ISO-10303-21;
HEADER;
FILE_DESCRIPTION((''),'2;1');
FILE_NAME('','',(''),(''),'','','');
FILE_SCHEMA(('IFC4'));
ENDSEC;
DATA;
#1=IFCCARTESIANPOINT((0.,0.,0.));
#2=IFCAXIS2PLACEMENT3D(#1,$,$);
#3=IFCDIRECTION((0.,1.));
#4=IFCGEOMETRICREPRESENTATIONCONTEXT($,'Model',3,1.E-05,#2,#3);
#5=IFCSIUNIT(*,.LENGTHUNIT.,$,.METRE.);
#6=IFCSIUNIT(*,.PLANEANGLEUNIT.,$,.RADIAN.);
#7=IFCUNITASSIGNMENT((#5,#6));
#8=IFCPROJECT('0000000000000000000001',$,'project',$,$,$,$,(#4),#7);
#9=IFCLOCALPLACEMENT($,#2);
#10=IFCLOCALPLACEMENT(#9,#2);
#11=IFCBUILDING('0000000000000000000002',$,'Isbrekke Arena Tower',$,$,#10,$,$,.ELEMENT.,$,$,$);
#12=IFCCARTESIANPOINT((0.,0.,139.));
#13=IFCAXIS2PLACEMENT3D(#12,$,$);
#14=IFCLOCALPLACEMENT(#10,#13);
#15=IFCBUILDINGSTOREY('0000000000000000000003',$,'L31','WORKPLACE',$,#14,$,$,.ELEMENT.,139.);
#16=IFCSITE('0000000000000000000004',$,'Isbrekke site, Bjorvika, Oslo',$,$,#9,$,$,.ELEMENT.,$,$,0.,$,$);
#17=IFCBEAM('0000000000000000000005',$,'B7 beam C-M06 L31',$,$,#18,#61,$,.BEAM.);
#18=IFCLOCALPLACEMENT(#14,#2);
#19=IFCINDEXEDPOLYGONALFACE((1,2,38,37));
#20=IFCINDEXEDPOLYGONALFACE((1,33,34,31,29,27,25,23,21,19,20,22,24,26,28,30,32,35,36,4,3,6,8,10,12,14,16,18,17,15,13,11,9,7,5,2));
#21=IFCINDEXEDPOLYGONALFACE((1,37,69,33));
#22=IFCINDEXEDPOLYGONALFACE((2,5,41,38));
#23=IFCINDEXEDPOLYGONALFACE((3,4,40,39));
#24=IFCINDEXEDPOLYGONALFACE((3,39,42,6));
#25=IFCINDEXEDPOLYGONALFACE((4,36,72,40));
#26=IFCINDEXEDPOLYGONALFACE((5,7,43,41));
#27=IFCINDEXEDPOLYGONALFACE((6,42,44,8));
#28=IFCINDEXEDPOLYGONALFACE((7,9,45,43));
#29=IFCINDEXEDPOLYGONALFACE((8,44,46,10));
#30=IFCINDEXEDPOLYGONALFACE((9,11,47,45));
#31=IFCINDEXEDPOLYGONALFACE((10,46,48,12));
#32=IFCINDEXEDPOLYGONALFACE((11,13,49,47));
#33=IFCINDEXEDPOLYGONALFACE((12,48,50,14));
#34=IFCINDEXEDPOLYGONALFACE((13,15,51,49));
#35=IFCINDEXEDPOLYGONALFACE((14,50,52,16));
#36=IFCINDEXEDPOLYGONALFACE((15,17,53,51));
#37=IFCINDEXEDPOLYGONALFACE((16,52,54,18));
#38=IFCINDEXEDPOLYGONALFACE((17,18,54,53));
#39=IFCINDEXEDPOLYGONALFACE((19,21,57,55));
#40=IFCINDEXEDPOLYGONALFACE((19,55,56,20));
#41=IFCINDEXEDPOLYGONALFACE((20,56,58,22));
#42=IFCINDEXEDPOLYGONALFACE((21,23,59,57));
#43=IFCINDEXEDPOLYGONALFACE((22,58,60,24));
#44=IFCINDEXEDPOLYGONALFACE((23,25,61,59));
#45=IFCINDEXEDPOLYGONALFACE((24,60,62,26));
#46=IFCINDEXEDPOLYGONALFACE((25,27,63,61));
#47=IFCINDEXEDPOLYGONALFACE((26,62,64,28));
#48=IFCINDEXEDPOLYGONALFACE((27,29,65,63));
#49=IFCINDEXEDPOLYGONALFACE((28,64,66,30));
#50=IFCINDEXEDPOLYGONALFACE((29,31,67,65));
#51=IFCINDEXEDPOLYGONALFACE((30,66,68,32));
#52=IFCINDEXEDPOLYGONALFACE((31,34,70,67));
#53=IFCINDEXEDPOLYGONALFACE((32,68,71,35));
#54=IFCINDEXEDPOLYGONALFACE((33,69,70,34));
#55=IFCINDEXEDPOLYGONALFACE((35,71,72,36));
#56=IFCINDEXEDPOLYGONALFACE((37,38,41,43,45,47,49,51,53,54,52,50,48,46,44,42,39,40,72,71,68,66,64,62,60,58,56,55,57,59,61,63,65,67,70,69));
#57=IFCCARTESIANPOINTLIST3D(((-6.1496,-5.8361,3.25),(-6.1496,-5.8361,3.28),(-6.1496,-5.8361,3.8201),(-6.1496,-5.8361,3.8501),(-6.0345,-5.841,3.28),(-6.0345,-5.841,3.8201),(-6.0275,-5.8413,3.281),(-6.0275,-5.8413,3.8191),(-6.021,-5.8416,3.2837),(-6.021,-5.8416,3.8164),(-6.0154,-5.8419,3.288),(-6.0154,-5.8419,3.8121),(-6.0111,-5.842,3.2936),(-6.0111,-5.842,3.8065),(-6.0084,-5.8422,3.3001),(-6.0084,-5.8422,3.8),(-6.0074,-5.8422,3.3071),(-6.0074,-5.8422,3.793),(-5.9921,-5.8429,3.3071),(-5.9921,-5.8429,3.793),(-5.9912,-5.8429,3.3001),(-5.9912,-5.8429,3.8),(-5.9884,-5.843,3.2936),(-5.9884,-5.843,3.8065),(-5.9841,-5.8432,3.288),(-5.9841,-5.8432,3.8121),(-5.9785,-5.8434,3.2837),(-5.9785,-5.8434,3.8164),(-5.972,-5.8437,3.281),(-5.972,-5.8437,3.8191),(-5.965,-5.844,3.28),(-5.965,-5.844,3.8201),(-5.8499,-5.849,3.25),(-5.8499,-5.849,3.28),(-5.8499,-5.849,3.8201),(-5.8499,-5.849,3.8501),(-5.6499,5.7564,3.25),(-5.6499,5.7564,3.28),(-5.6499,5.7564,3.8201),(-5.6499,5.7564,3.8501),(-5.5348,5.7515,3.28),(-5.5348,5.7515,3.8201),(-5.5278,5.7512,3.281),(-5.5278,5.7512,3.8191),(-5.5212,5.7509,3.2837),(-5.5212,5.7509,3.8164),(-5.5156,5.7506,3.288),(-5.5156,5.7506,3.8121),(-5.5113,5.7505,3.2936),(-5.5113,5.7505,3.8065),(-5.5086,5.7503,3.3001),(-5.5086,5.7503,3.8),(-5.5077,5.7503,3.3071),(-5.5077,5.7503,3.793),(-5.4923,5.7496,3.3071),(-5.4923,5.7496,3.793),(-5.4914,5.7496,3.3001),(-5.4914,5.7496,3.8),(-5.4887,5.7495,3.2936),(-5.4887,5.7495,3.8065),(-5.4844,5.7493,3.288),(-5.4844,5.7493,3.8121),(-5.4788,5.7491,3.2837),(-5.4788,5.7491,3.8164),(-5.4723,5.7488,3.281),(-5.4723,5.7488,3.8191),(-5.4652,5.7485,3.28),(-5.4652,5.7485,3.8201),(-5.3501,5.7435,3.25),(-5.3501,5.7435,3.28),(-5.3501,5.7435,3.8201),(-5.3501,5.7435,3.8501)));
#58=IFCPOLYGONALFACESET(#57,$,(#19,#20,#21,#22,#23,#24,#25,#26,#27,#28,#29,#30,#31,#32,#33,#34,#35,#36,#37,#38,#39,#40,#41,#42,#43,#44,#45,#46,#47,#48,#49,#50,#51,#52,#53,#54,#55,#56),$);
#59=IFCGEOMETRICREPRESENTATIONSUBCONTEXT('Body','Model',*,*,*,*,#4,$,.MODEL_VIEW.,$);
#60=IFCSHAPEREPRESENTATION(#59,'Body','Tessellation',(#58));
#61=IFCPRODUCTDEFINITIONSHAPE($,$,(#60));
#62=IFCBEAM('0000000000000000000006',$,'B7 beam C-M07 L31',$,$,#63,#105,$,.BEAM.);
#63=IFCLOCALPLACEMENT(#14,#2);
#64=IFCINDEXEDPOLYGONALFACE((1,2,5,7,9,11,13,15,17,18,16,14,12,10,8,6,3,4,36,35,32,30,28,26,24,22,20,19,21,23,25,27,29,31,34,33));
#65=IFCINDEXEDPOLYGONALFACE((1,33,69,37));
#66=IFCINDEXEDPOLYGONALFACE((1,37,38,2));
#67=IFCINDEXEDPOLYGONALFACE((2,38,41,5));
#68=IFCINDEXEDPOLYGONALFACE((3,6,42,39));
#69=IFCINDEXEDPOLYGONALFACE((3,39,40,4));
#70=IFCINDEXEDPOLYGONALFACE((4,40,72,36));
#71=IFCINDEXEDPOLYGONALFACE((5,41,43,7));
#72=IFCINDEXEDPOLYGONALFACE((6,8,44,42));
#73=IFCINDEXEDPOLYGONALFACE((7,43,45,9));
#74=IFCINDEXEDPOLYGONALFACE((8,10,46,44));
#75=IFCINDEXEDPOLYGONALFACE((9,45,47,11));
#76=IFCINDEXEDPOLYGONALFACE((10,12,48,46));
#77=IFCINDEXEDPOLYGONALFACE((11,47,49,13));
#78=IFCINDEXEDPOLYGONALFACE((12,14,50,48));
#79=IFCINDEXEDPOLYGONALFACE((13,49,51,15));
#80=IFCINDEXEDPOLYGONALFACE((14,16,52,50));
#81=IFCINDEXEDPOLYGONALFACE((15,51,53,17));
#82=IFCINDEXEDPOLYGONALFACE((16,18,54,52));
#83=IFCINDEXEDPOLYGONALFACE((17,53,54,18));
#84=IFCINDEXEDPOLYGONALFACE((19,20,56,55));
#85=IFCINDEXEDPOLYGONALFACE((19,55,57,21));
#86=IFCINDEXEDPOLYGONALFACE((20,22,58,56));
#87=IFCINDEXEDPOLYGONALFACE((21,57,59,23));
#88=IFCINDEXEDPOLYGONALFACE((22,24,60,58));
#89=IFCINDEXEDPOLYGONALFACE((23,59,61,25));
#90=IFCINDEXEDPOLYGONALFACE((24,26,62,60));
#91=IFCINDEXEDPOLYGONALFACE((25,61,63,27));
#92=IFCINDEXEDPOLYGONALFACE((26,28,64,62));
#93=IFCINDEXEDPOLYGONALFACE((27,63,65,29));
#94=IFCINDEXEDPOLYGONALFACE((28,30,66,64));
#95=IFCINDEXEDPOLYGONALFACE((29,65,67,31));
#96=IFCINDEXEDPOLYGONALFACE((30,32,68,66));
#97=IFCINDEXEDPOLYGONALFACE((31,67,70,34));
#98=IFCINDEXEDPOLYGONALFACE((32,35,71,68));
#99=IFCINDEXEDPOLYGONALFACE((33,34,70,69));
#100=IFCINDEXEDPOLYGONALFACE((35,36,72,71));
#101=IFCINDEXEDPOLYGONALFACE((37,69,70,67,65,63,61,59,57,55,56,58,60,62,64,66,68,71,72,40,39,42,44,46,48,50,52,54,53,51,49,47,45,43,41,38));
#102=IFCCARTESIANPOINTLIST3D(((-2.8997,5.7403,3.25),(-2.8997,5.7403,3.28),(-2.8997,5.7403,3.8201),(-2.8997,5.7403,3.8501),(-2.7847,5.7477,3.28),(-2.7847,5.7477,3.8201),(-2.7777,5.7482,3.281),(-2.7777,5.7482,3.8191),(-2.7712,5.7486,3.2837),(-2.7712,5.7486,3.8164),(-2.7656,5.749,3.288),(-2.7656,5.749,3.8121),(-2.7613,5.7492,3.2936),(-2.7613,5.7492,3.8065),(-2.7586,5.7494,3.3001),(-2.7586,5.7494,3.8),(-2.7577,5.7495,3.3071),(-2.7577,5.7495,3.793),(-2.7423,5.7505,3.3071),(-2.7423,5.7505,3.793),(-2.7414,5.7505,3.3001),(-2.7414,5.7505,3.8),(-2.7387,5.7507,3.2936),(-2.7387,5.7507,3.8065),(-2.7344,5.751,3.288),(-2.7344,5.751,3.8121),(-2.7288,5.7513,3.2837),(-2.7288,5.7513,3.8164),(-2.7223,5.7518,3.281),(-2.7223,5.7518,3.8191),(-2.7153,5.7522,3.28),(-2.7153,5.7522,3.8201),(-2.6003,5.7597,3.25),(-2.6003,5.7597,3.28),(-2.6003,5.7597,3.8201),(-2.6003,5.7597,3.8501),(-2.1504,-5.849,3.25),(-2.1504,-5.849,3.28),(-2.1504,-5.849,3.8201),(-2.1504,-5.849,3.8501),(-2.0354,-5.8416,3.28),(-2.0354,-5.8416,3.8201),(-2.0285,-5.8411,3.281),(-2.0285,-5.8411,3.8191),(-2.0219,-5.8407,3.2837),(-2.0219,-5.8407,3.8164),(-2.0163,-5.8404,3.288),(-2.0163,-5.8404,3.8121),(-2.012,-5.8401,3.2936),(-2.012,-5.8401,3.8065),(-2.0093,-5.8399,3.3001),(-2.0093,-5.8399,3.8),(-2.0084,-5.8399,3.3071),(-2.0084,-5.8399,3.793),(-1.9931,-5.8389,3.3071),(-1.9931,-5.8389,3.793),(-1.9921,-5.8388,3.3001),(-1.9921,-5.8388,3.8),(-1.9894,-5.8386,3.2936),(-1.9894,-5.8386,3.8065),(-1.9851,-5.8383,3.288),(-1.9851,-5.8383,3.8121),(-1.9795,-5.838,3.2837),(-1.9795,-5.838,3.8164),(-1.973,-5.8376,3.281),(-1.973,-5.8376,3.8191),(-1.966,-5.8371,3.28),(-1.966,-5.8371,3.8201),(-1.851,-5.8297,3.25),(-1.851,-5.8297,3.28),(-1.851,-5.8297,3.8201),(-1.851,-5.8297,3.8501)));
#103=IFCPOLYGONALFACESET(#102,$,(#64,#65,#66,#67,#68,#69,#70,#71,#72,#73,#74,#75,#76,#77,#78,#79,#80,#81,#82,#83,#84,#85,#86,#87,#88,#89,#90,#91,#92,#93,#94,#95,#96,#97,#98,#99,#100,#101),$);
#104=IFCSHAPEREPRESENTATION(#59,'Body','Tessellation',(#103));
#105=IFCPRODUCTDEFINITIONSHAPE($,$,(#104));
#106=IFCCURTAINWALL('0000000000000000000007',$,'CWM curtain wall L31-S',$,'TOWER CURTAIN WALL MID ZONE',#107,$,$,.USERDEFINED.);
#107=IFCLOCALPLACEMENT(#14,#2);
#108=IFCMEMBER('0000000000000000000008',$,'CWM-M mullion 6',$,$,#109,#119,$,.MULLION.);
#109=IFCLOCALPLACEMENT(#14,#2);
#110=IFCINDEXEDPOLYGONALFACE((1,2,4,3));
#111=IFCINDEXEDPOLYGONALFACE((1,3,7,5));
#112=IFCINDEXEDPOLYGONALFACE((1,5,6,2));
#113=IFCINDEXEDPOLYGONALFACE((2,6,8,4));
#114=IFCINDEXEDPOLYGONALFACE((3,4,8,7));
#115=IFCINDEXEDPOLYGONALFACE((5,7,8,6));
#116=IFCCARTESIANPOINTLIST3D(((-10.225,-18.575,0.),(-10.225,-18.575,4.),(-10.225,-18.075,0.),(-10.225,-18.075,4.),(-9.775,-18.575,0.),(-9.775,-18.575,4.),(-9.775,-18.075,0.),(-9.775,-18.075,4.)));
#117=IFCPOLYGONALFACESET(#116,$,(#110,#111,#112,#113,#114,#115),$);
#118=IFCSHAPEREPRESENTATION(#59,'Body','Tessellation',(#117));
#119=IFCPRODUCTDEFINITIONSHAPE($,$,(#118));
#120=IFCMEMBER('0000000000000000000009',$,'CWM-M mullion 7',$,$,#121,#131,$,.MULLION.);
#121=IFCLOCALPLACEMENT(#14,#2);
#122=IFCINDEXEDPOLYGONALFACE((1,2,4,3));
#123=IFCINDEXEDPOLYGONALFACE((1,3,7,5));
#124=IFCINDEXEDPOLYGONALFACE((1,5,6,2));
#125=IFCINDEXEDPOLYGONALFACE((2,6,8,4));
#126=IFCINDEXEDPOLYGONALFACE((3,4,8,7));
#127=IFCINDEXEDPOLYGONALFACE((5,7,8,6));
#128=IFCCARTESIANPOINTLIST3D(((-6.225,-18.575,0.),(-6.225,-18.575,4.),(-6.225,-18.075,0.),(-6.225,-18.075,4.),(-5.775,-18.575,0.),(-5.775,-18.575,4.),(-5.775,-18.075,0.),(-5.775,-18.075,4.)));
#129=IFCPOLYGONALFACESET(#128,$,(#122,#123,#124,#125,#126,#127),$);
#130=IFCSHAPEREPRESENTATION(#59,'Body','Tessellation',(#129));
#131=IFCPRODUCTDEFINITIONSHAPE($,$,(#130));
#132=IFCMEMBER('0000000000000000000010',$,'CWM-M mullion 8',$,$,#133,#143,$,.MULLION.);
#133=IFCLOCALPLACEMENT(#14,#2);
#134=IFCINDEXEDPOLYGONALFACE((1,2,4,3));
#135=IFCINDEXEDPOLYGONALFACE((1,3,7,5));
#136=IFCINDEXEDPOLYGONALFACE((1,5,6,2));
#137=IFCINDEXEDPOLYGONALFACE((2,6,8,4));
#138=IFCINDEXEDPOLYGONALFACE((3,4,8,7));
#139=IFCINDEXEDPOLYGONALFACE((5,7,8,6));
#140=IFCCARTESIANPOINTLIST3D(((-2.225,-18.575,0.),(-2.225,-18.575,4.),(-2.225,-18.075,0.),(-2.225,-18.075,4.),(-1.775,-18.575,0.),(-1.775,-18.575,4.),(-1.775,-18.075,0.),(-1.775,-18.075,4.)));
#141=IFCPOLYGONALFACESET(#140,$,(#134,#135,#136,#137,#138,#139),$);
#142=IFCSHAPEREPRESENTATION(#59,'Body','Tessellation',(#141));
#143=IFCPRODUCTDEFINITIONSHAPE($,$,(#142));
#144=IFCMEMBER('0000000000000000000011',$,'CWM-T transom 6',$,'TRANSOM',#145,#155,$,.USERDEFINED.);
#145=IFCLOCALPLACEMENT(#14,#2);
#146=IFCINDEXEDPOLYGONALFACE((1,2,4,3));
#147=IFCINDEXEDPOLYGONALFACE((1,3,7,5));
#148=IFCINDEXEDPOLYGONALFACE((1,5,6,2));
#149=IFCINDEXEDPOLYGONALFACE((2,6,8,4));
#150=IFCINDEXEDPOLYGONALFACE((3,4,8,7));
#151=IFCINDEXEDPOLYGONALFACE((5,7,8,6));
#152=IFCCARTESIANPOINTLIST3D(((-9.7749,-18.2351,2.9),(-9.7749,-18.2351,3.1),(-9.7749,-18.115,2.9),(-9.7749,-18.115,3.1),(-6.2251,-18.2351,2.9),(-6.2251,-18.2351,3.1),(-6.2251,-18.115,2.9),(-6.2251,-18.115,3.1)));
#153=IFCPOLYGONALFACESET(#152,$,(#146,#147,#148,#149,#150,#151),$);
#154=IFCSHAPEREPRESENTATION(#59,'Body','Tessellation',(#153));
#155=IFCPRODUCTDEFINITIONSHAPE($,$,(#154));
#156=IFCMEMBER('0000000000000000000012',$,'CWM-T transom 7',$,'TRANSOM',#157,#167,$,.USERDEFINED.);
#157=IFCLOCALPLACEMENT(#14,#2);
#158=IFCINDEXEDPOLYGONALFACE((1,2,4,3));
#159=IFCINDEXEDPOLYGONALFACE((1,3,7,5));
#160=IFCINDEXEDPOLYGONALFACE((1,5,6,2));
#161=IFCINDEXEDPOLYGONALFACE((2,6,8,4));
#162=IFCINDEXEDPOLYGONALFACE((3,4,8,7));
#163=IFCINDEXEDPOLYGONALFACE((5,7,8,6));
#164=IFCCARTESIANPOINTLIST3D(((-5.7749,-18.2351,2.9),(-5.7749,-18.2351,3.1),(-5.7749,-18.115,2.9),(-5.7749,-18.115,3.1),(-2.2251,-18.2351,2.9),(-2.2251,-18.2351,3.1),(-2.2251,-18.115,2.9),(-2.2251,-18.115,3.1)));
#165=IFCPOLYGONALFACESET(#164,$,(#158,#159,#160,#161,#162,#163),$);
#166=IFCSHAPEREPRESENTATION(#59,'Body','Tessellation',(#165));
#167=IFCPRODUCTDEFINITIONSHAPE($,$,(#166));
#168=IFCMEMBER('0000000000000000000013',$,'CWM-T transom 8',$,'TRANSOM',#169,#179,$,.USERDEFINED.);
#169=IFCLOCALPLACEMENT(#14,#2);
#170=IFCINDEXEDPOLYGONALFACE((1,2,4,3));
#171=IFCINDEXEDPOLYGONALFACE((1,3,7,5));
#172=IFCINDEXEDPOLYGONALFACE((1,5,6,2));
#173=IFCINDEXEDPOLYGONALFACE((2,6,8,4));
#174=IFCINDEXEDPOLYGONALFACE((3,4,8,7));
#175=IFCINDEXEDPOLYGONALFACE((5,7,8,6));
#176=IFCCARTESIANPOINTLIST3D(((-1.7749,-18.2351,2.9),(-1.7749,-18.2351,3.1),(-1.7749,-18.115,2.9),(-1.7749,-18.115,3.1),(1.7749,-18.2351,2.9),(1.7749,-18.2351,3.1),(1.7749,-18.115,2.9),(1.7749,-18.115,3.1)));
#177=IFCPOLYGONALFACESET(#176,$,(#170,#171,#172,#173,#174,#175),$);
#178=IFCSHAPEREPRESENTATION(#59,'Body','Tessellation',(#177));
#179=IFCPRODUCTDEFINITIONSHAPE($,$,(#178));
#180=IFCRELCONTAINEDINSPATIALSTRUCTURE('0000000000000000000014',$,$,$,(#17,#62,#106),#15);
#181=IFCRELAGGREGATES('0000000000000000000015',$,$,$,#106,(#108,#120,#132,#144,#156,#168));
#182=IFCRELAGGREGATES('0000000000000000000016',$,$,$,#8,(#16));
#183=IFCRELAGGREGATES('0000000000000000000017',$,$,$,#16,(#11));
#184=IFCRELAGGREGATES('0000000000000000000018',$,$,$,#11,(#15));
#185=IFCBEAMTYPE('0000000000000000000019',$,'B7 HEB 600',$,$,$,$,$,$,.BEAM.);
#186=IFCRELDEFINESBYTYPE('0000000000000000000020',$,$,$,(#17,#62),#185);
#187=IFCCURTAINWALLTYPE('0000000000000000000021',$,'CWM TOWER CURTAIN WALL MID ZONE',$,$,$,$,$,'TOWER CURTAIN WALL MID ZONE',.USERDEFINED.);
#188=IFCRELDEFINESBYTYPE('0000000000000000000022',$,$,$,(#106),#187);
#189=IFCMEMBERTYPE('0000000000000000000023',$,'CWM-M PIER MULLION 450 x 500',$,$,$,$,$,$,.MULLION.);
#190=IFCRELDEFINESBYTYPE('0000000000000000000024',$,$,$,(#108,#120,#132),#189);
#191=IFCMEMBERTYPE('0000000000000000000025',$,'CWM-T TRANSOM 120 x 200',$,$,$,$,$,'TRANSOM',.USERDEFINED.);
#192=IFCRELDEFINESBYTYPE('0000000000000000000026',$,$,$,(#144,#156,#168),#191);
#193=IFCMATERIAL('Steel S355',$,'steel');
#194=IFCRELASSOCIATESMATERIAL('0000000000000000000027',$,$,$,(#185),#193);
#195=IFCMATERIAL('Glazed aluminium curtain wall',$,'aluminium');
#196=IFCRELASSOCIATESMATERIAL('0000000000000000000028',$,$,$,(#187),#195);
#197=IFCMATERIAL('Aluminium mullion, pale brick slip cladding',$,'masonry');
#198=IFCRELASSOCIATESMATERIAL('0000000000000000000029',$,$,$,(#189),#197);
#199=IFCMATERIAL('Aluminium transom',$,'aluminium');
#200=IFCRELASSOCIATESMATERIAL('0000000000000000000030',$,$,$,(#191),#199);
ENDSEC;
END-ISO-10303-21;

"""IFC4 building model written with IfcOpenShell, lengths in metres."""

from ifc_helpers import new_model, si_unit, direction, frame, origin, origin_2d, place, context, subcontext, project, spatial, rectangle, i_section, extrude, material, material_profile, profile_set, type_object, element, aggregate, save


model = new_model("IFC4")

# Units and contexts
model_context = context("Model", 3, precision=1e-05, world=origin(), true_north=direction((0.0, 1.0)))
body_context = subcontext(model_context, "Body", "Model", "MODEL_VIEW")
ifc_project = project(units=[si_unit("LENGTHUNIT", "METRE"), si_unit("PLANEANGLEUNIT", "RADIAN")], contexts=[model_context])

# Site, building, storey
site_placement = place(None, origin())
site = spatial("IfcSite", under=ifc_project, at=site_placement, Name="Isbrekke site, Bjorvika, Oslo", CompositionType="ELEMENT", RefElevation=0.0)
building_placement = place(site_placement, origin())
building = spatial("IfcBuilding", under=site, at=building_placement, Name="Isbrekke Arena Tower", CompositionType="ELEMENT")
storey_placement = place(building_placement, frame((0.0, 0.0, 139.0)))
storey = spatial("IfcBuildingStorey", under=building, at=storey_placement, Name="L31", Description="WORKPLACE", CompositionType="ELEMENT", Elevation=139.0)

# Beams
ifc_material_1 = material(Name="Steel S355", Category="steel")
ifc_material_profile_1 = material_profile(ifc_material_1, i_section(OverallWidth=0.3, OverallDepth=0.6001, WebThickness=0.0154, FlangeThickness=0.03, FilletRadius=0.0271, at=origin_2d()), Name="HEB 600")
ifc_profile_set_1 = profile_set([ifc_material_profile_1], Name="Steel S355")
beam_type_1 = type_object("IfcBeamType", Name="B7 HEB 600", PredefinedType="BEAM", material=ifc_profile_set_1)
beam_1_placement = place(storey_placement, frame((-5.9998, -5.8425, 3.55), z_axis=(0.04307, 0.999072, 0.0), x_axis=(-0.999072, 0.04307, 0.0)))
element("IfcBeam", 1, at=beam_1_placement, inside=storey, type_object=beam_type_1, Name="B7 beam C-M06 L31", PredefinedType="BEAM", context=body_context, shape_type="SweptSolid", body=[
    extrude(i_section(OverallWidth=0.3, OverallDepth=0.6001, WebThickness=0.0154, FlangeThickness=0.03, FilletRadius=0.0271, at=origin_2d()), origin(), (0.0, 0.0, 1.0), 11.6033),
])
beam_2_placement = place(storey_placement, frame((-2.0007, -5.8394, 3.55), z_axis=(-0.064517, 0.997917, 0.0), x_axis=(-0.997917, -0.064517, 0.0)))
element("IfcBeam", 2, at=beam_2_placement, inside=storey, type_object=beam_type_1, Name="B7 beam C-M07 L31", PredefinedType="BEAM", context=body_context, shape_type="SweptSolid", body=[
    extrude(i_section(OverallWidth=0.3, OverallDepth=0.6001, WebThickness=0.0154, FlangeThickness=0.03, FilletRadius=0.0271, at=origin_2d()), origin(), (0.0, 0.0, 1.0), 11.6135),
])

# Curtain wall, members
ifc_material_2 = material(Name="Glazed aluminium curtain wall", Category="aluminium")
curtain_wall_type = type_object("IfcCurtainWallType", Name="CWM TOWER CURTAIN WALL MID ZONE", ElementType="TOWER CURTAIN WALL MID ZONE", PredefinedType="USERDEFINED", material=ifc_material_2)
curtain_wall_placement = place(storey_placement, origin())
curtain_wall = element("IfcCurtainWall", 3, at=curtain_wall_placement, inside=storey, type_object=curtain_wall_type, Name="CWM curtain wall L31-S", ObjectType="TOWER CURTAIN WALL MID ZONE", PredefinedType="USERDEFINED")
ifc_material_3 = material(Name="Aluminium mullion, pale brick slip cladding", Category="masonry")
ifc_material_profile_2 = material_profile(ifc_material_3, rectangle(XDim=0.45, YDim=0.5, at=origin_2d()), Name="PIER 450X500")
ifc_profile_set_2 = profile_set([ifc_material_profile_2], Name="Aluminium mullion, pale brick slip cladding")
member_type_1 = type_object("IfcMemberType", Name="CWM-M PIER MULLION 450 x 500", PredefinedType="MULLION", material=ifc_profile_set_2)
member_1_placement = place(storey_placement, frame((-10.0, -18.325, 0.0), z_axis=(0.0, 0.0, 1.0), x_axis=(1.0, 0.0, 0.0)))
member_1 = element("IfcMember", 4, at=member_1_placement, type_object=member_type_1, Name="CWM-M mullion 6", PredefinedType="MULLION", context=body_context, shape_type="SweptSolid", body=[
    extrude(rectangle(XDim=0.45, YDim=0.5, at=origin_2d()), origin(), (0.0, 0.0, 1.0), 4.0),
])
member_2_placement = place(storey_placement, frame((-6.0, -18.325, 0.0), z_axis=(0.0, 0.0, 1.0), x_axis=(1.0, 0.0, 0.0)))
member_2 = element("IfcMember", 5, at=member_2_placement, type_object=member_type_1, Name="CWM-M mullion 7", PredefinedType="MULLION", context=body_context, shape_type="SweptSolid", body=[
    extrude(rectangle(XDim=0.45, YDim=0.5, at=origin_2d()), origin(), (0.0, 0.0, 1.0), 4.0),
])
member_3_placement = place(storey_placement, frame((-2.0, -18.325, 0.0), z_axis=(0.0, 0.0, 1.0), x_axis=(1.0, 0.0, 0.0)))
member_3 = element("IfcMember", 6, at=member_3_placement, type_object=member_type_1, Name="CWM-M mullion 8", PredefinedType="MULLION", context=body_context, shape_type="SweptSolid", body=[
    extrude(rectangle(XDim=0.45, YDim=0.5, at=origin_2d()), origin(), (0.0, 0.0, 1.0), 4.0),
])
ifc_material_4 = material(Name="Aluminium transom", Category="aluminium")
ifc_material_profile_3 = material_profile(ifc_material_4, rectangle(XDim=0.1201, YDim=0.2, at=origin_2d()), Name="TRANSOM 120X200")
ifc_profile_set_3 = profile_set([ifc_material_profile_3], Name="Aluminium transom")
member_type_2 = type_object("IfcMemberType", Name="CWM-T TRANSOM 120 x 200", ElementType="TRANSOM", PredefinedType="USERDEFINED", material=ifc_profile_set_3)
member_4_placement = place(storey_placement, frame((-9.7749, -18.175, 3.0), z_axis=(1.0, 0.0, 0.0), x_axis=(0.0, 1.0, 0.0)))
member_4 = element("IfcMember", 7, at=member_4_placement, type_object=member_type_2, Name="CWM-T transom 6", ObjectType="TRANSOM", PredefinedType="USERDEFINED", context=body_context, shape_type="SweptSolid", body=[
    extrude(rectangle(XDim=0.1201, YDim=0.2, at=origin_2d()), origin(), (0.0, 0.0, 1.0), 3.5498),
])
member_5_placement = place(storey_placement, frame((-5.7749, -18.175, 3.0), z_axis=(1.0, 0.0, 0.0), x_axis=(0.0, 1.0, 0.0)))
member_5 = element("IfcMember", 8, at=member_5_placement, type_object=member_type_2, Name="CWM-T transom 7", ObjectType="TRANSOM", PredefinedType="USERDEFINED", context=body_context, shape_type="SweptSolid", body=[
    extrude(rectangle(XDim=0.1201, YDim=0.2, at=origin_2d()), origin(), (0.0, 0.0, 1.0), 3.5498),
])
member_6_placement = place(storey_placement, frame((-1.7749, -18.175, 3.0), z_axis=(1.0, 0.0, 0.0), x_axis=(0.0, 1.0, 0.0)))
member_6 = element("IfcMember", 9, at=member_6_placement, type_object=member_type_2, Name="CWM-T transom 8", ObjectType="TRANSOM", PredefinedType="USERDEFINED", context=body_context, shape_type="SweptSolid", body=[
    extrude(rectangle(XDim=0.1201, YDim=0.2, at=origin_2d()), origin(), (0.0, 0.0, 1.0), 3.5498),
])

aggregate(curtain_wall, [member_1, member_2, member_3, member_4, member_5, member_6])

save(model, "model.ifc")
